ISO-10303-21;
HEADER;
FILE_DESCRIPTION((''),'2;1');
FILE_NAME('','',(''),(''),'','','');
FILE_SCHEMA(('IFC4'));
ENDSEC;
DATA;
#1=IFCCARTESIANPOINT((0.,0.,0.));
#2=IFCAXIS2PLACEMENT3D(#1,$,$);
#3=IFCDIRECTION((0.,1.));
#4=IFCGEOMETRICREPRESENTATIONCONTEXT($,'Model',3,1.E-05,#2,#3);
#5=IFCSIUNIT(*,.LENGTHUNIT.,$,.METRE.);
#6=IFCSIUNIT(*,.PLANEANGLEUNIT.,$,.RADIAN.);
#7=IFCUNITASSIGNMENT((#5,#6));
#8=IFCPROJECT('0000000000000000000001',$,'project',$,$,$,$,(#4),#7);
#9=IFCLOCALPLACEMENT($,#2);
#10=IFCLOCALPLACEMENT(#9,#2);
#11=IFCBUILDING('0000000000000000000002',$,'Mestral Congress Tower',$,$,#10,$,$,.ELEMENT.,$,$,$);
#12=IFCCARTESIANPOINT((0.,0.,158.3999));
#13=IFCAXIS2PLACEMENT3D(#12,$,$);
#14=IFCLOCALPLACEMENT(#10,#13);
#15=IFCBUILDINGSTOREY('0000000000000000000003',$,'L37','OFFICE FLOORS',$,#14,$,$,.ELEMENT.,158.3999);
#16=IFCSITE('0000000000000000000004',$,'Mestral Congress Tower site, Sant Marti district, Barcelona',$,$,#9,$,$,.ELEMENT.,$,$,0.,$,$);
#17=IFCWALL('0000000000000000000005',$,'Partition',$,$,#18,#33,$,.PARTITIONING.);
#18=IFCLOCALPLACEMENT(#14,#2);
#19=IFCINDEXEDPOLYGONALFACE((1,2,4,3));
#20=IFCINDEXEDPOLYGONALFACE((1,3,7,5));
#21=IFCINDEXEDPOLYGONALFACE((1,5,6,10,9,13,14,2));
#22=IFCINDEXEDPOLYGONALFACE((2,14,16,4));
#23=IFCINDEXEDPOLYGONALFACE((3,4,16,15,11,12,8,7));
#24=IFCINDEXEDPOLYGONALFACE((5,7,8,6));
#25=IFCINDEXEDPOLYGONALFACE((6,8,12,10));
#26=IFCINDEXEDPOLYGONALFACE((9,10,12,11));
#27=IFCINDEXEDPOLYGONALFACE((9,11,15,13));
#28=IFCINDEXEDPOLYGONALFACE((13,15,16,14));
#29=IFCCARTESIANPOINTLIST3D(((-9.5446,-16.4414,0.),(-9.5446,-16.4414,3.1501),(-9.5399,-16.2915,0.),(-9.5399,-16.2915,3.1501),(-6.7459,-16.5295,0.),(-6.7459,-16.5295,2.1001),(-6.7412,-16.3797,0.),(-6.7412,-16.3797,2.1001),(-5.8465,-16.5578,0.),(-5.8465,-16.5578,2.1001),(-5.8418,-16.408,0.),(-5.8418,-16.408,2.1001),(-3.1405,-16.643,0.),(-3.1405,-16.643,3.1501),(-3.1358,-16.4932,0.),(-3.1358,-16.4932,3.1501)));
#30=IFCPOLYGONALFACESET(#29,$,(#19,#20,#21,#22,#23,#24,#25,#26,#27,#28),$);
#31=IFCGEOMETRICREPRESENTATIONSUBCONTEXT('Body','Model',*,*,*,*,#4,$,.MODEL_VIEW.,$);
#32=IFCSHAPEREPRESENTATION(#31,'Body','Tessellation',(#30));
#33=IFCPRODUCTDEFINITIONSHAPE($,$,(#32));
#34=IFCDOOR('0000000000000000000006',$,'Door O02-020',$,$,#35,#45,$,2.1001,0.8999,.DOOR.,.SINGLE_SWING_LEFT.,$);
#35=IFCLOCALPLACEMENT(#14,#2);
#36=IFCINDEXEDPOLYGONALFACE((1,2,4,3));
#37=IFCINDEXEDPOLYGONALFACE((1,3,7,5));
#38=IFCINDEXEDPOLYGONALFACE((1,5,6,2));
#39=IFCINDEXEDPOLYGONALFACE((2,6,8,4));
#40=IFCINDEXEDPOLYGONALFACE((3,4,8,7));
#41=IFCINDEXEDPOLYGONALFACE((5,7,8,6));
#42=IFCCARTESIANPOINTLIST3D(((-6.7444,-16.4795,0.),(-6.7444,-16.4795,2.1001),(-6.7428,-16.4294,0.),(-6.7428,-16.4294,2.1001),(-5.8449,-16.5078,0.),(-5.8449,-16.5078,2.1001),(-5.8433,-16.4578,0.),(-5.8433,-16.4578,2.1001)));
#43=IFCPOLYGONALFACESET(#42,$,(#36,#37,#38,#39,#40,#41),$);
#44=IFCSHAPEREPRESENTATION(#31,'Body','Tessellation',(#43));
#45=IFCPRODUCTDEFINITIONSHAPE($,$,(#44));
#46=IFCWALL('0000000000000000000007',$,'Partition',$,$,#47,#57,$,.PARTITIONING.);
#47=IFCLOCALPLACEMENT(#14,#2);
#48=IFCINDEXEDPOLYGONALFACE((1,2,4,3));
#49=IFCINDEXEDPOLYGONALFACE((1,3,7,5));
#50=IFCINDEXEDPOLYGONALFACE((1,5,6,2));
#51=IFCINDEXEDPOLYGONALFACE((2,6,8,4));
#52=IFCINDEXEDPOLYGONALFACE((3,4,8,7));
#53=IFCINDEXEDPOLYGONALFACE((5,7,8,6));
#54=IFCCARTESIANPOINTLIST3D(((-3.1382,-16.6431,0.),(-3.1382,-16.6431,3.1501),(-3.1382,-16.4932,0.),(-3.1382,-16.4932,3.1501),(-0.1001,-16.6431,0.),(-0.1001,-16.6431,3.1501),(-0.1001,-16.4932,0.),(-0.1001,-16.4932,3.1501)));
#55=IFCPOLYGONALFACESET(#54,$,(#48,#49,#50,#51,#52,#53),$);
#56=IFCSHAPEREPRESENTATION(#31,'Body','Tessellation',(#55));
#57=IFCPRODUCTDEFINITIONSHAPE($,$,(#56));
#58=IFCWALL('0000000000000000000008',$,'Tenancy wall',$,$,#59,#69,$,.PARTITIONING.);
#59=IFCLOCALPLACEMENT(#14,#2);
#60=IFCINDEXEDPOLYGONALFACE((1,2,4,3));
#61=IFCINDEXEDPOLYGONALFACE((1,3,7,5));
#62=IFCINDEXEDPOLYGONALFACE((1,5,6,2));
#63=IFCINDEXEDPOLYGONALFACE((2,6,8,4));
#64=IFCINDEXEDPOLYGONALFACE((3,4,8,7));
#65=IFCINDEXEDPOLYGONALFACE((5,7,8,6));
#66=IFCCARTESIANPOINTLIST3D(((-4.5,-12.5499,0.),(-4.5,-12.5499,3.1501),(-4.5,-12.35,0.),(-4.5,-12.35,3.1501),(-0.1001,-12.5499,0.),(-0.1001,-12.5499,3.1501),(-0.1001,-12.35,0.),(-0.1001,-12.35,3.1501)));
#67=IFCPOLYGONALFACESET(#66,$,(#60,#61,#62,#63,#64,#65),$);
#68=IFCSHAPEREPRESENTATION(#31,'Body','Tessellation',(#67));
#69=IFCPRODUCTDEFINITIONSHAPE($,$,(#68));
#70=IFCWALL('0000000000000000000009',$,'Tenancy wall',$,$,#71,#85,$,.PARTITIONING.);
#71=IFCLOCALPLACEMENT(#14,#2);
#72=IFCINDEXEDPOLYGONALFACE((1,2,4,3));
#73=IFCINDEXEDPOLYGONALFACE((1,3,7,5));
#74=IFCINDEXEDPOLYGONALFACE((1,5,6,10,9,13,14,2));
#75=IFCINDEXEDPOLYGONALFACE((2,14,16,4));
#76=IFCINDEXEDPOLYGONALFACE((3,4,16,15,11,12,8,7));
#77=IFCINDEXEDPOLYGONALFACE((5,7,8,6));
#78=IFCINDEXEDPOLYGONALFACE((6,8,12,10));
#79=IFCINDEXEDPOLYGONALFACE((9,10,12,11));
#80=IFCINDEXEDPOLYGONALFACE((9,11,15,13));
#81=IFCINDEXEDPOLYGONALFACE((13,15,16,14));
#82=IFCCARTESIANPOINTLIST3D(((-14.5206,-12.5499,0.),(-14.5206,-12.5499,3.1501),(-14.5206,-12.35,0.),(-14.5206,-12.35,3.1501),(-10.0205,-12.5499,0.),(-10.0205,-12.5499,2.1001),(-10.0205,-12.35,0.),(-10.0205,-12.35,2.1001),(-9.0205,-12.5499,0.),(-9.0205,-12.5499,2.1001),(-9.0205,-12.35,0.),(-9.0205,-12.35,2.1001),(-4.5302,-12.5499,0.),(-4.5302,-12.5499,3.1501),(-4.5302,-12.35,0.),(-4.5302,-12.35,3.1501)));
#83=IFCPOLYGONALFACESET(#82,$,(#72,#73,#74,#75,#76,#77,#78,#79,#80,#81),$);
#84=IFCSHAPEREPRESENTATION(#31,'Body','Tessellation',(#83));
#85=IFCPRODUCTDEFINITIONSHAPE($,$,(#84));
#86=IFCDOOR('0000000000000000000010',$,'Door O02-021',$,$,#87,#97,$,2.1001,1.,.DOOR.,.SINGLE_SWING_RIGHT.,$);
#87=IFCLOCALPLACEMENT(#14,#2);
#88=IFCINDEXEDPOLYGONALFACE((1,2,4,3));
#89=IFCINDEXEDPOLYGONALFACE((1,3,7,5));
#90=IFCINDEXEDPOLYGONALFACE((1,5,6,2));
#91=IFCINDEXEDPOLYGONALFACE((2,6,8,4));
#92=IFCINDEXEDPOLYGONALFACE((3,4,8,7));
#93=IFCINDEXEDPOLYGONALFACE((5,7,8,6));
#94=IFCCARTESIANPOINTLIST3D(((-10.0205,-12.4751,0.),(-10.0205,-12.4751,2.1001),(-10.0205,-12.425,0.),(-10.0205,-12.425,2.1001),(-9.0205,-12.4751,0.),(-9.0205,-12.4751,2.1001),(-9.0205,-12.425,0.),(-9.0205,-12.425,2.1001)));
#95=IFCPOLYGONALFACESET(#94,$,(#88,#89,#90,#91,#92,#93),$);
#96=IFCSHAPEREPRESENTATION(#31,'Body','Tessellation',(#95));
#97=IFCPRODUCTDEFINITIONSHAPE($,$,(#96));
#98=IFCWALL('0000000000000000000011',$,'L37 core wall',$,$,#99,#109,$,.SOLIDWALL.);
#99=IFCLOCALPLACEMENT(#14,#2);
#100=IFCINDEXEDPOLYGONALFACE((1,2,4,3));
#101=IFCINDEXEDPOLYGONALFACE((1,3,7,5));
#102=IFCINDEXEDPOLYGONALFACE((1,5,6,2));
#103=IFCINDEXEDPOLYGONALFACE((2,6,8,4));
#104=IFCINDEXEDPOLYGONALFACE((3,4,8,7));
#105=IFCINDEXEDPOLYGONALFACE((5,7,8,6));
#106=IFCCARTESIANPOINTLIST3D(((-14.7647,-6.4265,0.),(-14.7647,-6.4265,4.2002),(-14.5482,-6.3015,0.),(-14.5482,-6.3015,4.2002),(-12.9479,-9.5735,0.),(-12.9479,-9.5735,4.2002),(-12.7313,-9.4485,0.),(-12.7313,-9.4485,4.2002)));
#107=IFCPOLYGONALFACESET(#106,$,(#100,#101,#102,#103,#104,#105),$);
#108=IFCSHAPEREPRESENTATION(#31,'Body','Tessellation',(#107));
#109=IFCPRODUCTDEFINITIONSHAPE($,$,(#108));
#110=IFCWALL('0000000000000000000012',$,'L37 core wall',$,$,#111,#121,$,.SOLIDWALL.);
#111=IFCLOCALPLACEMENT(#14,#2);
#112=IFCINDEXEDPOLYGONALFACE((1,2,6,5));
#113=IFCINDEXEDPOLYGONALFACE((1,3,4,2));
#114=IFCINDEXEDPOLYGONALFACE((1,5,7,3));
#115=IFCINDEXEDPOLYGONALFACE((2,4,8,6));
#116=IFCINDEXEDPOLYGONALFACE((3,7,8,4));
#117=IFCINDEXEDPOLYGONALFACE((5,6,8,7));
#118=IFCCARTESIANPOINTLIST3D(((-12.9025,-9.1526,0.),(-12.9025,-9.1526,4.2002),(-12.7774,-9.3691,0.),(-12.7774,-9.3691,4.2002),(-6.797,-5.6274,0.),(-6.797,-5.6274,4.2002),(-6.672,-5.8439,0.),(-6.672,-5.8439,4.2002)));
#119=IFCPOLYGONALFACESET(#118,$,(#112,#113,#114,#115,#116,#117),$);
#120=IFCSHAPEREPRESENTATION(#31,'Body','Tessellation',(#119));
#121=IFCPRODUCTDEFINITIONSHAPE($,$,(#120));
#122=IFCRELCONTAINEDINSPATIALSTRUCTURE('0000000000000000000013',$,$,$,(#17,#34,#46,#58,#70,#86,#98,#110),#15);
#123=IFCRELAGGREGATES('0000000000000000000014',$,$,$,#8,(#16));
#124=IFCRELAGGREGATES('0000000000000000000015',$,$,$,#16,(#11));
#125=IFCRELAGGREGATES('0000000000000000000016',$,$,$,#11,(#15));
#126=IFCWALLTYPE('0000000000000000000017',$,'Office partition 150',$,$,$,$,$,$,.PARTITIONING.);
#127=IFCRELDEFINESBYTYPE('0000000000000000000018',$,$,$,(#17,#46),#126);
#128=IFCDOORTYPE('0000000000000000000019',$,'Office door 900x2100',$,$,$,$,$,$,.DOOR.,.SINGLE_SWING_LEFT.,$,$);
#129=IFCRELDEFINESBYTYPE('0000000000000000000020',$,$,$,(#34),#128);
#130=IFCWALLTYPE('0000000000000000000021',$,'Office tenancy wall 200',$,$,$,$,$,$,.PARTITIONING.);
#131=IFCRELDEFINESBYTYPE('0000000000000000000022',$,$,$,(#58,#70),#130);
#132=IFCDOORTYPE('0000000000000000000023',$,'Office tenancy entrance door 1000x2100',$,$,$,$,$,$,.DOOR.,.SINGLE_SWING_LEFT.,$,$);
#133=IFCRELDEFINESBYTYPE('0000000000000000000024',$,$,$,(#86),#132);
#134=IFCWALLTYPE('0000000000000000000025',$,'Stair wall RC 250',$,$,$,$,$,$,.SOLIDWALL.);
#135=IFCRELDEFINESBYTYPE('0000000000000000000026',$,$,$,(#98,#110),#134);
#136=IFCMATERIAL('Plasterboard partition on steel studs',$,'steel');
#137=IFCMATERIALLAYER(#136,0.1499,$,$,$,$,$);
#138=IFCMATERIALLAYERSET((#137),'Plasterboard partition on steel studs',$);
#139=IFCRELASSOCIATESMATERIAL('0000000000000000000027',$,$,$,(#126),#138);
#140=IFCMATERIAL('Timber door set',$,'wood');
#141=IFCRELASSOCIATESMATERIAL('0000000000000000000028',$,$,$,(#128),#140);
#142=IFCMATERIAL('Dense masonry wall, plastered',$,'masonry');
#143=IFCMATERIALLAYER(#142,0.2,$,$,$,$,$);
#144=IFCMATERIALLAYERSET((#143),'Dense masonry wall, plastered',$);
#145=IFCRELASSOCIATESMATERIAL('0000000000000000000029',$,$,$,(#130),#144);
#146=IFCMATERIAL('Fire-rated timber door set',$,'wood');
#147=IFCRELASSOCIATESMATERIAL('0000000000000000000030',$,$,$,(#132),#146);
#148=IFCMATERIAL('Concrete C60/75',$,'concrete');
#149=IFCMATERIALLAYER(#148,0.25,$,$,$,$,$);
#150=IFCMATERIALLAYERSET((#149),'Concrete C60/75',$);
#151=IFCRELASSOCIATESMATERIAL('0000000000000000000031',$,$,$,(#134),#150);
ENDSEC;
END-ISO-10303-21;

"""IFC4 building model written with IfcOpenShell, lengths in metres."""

from ifc_helpers import new_model, si_unit, direction, frame, frame_2d, origin, place, context, subcontext, project, spatial, rectangle, extrude, material, layer, layer_set, type_object, element, fill, save


model = new_model("IFC4")

# Units and contexts
model_context = context("Model", 3, precision=1e-05, world=origin(), true_north=direction((0.0, 1.0)))
body_context = subcontext(model_context, "Body", "Model", "MODEL_VIEW")
ifc_project = project(units=[si_unit("LENGTHUNIT", "METRE"), si_unit("PLANEANGLEUNIT", "RADIAN")], contexts=[model_context])

# Site, building, storey
site_placement = place(None, origin())
site = spatial("IfcSite", under=ifc_project, at=site_placement, Name="Mestral Congress Tower site, Sant Marti district, Barcelona", CompositionType="ELEMENT", RefElevation=0.0)
building_placement = place(site_placement, origin())
building = spatial("IfcBuilding", under=site, at=building_placement, Name="Mestral Congress Tower", CompositionType="ELEMENT")
storey_placement = place(building_placement, frame((0.0, 0.0, 158.3999)))
storey = spatial("IfcBuildingStorey", under=building, at=storey_placement, Name="L37", Description="OFFICE FLOORS", CompositionType="ELEMENT", Elevation=158.3999)

# Shared definitions
ifc_material_1 = material(Name="Concrete C60/75", Category="concrete")

# Shared definitions
ifc_material_2 = material(Name="Plasterboard partition on steel studs", Category="steel")
ifc_layer_1 = layer(ifc_material_2, 0.1499)
ifc_layer_set_1 = layer_set([ifc_layer_1], Name="Plasterboard partition on steel studs")
wall_type_1 = type_object("IfcWallType", Name="Office partition 150", PredefinedType="PARTITIONING", material=ifc_layer_set_1)

# Wall, opening, door
ifc_material_3 = material(Name="Timber door set", Category="wood")
door_type_1 = type_object("IfcDoorType", Name="Office door 900x2100", OperationType="SINGLE_SWING_LEFT", PredefinedType="DOOR", material=ifc_material_3)
wall_1_placement = place(storey_placement, frame((-3.1382, -16.5681, 0.0), z_axis=(0.0, 0.0, 1.0), x_axis=(-0.999505, 0.031474, 0.0)))
wall_1 = element("IfcWall", 1, at=wall_1_placement, inside=storey, type_object=wall_type_1, Name="Partition", PredefinedType="PARTITIONING", context=body_context, shape_type="SweptSolid", body=[
    extrude(rectangle(XDim=6.4072, YDim=0.1499, at=frame_2d((3.2036, 0.0))), origin(), (0.0, 0.0, 1.0), 3.1501),
])
opening_1_placement = place(wall_1_placement, frame((2.7073, 0.0, 0.0)))
opening_1 = element("IfcOpeningElement", 2, at=opening_1_placement, cuts=wall_1, PredefinedType="OPENING", context=body_context, shape_type="SweptSolid", body=[
    extrude(rectangle(XDim=0.8999, YDim=2.1001, at=frame_2d((0.45, 1.05))), frame((0.0, 0.085, 0.0), z_axis=(0.0, -1.0, 0.0), x_axis=(1.0, 0.0, 0.0)), (0.0, 0.0, 1.0), 0.1699),
])
door_1_placement = place(opening_1_placement, origin())
door_1 = element("IfcDoor", 3, at=door_1_placement, inside=storey, type_object=door_type_1, Name="Door O02-020", OperationType="SINGLE_SWING_LEFT", OverallHeight=2.1001, OverallWidth=0.8999, PredefinedType="DOOR", context=body_context, shape_type="SweptSolid", body=[
    extrude(rectangle(XDim=0.8999, YDim=2.1001, at=frame_2d((0.45, 1.05))), frame((0.0, 0.0249, 0.0), z_axis=(0.0, -1.0, 0.0), x_axis=(1.0, 0.0, 0.0)), (0.0, 0.0, 1.0), 0.05),
])
fill(opening_1, door_1)

# Walls
wall_2_placement = place(storey_placement, frame((-3.1382, -16.5681, 0.0), z_axis=(0.0, 0.0, 1.0), x_axis=(1.0, 0.0, 0.0)))
element("IfcWall", 4, at=wall_2_placement, inside=storey, type_object=wall_type_1, Name="Partition", PredefinedType="PARTITIONING", context=body_context, shape_type="SweptSolid", body=[
    extrude(rectangle(XDim=3.0381, YDim=0.1499, at=frame_2d((1.519, 0.0))), origin(), (0.0, 0.0, 1.0), 3.1501),
])
ifc_material_4 = material(Name="Dense masonry wall, plastered", Category="masonry")
ifc_layer_2 = layer(ifc_material_4, 0.2)
ifc_layer_set_2 = layer_set([ifc_layer_2], Name="Dense masonry wall, plastered")
wall_type_2 = type_object("IfcWallType", Name="Office tenancy wall 200", PredefinedType="PARTITIONING", material=ifc_layer_set_2)
wall_3_placement = place(storey_placement, frame((-4.5, -12.45, 0.0), z_axis=(0.0, 0.0, 1.0), x_axis=(1.0, 0.0, 0.0)))
element("IfcWall", 5, at=wall_3_placement, inside=storey, type_object=wall_type_2, Name="Tenancy wall", PredefinedType="PARTITIONING", context=body_context, shape_type="SweptSolid", body=[
    extrude(rectangle(XDim=4.3999, YDim=0.2, at=frame_2d((2.2, 0.0))), origin(), (0.0, 0.0, 1.0), 3.1501),
])

# Wall, opening, door
wall_4_placement = place(storey_placement, frame((-14.5205, -12.45, 0.0), z_axis=(0.0, 0.0, 1.0), x_axis=(1.0, 0.0, 0.0)))
wall_4 = element("IfcWall", 6, at=wall_4_placement, inside=storey, type_object=wall_type_2, Name="Tenancy wall", PredefinedType="PARTITIONING", context=body_context, shape_type="SweptSolid", body=[
    extrude(rectangle(XDim=9.9905, YDim=0.2, at=frame_2d((4.9951, 0.0))), origin(), (0.0, 0.0, 1.0), 3.1501),
])
opening_2_placement = place(wall_4_placement, frame((4.5, 0.0, 0.0)))
opening_2 = element("IfcOpeningElement", 7, at=opening_2_placement, cuts=wall_4, PredefinedType="OPENING", context=body_context, shape_type="SweptSolid", body=[
    extrude(rectangle(XDim=1.0, YDim=2.1001, at=frame_2d((0.5, 1.05))), frame((0.0, 0.1099, 0.0), z_axis=(0.0, -1.0, 0.0), x_axis=(1.0, 0.0, 0.0)), (0.0, 0.0, 1.0), 0.22),
])
ifc_material_5 = material(Name="Fire-rated timber door set", Category="wood")
door_type_2 = type_object("IfcDoorType", Name="Office tenancy entrance door 1000x2100", OperationType="SINGLE_SWING_LEFT", PredefinedType="DOOR", material=ifc_material_5)
door_2_placement = place(opening_2_placement, origin())
door_2 = element("IfcDoor", 8, at=door_2_placement, inside=storey, type_object=door_type_2, Name="Door O02-021", OperationType="SINGLE_SWING_RIGHT", OverallHeight=2.1001, OverallWidth=1.0, PredefinedType="DOOR", context=body_context, shape_type="SweptSolid", body=[
    extrude(rectangle(XDim=1.0, YDim=2.1001, at=frame_2d((0.5, 1.05))), frame((0.0, 0.0249, 0.0), z_axis=(0.0, -1.0, 0.0), x_axis=(1.0, 0.0, 0.0)), (0.0, 0.0, 1.0), 0.05),
])
fill(opening_2, door_2)

# Walls
ifc_layer_3 = layer(ifc_material_1, 0.25)
ifc_layer_set_3 = layer_set([ifc_layer_3], Name="Concrete C60/75")
wall_type_3 = type_object("IfcWallType", Name="Stair wall RC 250", PredefinedType="SOLIDWALL", material=ifc_layer_set_3)
wall_5_placement = place(storey_placement, frame((-12.8396, -9.511, 0.0), z_axis=(0.0, 0.0, 1.0), x_axis=(-0.499998, 0.866027, 0.0)))
element("IfcWall", 9, at=wall_5_placement, inside=storey, type_object=wall_type_3, Name="L37 core wall", PredefinedType="SOLIDWALL", context=body_context, shape_type="SweptSolid", body=[
    extrude(rectangle(XDim=3.6338, YDim=0.25, at=frame_2d((1.8169, 0.0))), origin(), (0.0, 0.0, 1.0), 4.2002),
])
wall_6_placement = place(storey_placement, frame((-12.8398, -9.2607, 0.0), z_axis=(0.0, 0.0, 1.0), x_axis=(0.866016, 0.500016, 0.0)))
element("IfcWall", 10, at=wall_6_placement, inside=storey, type_object=wall_type_3, Name="L37 core wall", PredefinedType="SOLIDWALL", context=body_context, shape_type="SweptSolid", body=[
    extrude(rectangle(XDim=7.05, YDim=0.25, at=frame_2d((3.5249, 0.0))), origin(), (0.0, 0.0, 1.0), 4.2002),
])

save(model, "model.ifc")
